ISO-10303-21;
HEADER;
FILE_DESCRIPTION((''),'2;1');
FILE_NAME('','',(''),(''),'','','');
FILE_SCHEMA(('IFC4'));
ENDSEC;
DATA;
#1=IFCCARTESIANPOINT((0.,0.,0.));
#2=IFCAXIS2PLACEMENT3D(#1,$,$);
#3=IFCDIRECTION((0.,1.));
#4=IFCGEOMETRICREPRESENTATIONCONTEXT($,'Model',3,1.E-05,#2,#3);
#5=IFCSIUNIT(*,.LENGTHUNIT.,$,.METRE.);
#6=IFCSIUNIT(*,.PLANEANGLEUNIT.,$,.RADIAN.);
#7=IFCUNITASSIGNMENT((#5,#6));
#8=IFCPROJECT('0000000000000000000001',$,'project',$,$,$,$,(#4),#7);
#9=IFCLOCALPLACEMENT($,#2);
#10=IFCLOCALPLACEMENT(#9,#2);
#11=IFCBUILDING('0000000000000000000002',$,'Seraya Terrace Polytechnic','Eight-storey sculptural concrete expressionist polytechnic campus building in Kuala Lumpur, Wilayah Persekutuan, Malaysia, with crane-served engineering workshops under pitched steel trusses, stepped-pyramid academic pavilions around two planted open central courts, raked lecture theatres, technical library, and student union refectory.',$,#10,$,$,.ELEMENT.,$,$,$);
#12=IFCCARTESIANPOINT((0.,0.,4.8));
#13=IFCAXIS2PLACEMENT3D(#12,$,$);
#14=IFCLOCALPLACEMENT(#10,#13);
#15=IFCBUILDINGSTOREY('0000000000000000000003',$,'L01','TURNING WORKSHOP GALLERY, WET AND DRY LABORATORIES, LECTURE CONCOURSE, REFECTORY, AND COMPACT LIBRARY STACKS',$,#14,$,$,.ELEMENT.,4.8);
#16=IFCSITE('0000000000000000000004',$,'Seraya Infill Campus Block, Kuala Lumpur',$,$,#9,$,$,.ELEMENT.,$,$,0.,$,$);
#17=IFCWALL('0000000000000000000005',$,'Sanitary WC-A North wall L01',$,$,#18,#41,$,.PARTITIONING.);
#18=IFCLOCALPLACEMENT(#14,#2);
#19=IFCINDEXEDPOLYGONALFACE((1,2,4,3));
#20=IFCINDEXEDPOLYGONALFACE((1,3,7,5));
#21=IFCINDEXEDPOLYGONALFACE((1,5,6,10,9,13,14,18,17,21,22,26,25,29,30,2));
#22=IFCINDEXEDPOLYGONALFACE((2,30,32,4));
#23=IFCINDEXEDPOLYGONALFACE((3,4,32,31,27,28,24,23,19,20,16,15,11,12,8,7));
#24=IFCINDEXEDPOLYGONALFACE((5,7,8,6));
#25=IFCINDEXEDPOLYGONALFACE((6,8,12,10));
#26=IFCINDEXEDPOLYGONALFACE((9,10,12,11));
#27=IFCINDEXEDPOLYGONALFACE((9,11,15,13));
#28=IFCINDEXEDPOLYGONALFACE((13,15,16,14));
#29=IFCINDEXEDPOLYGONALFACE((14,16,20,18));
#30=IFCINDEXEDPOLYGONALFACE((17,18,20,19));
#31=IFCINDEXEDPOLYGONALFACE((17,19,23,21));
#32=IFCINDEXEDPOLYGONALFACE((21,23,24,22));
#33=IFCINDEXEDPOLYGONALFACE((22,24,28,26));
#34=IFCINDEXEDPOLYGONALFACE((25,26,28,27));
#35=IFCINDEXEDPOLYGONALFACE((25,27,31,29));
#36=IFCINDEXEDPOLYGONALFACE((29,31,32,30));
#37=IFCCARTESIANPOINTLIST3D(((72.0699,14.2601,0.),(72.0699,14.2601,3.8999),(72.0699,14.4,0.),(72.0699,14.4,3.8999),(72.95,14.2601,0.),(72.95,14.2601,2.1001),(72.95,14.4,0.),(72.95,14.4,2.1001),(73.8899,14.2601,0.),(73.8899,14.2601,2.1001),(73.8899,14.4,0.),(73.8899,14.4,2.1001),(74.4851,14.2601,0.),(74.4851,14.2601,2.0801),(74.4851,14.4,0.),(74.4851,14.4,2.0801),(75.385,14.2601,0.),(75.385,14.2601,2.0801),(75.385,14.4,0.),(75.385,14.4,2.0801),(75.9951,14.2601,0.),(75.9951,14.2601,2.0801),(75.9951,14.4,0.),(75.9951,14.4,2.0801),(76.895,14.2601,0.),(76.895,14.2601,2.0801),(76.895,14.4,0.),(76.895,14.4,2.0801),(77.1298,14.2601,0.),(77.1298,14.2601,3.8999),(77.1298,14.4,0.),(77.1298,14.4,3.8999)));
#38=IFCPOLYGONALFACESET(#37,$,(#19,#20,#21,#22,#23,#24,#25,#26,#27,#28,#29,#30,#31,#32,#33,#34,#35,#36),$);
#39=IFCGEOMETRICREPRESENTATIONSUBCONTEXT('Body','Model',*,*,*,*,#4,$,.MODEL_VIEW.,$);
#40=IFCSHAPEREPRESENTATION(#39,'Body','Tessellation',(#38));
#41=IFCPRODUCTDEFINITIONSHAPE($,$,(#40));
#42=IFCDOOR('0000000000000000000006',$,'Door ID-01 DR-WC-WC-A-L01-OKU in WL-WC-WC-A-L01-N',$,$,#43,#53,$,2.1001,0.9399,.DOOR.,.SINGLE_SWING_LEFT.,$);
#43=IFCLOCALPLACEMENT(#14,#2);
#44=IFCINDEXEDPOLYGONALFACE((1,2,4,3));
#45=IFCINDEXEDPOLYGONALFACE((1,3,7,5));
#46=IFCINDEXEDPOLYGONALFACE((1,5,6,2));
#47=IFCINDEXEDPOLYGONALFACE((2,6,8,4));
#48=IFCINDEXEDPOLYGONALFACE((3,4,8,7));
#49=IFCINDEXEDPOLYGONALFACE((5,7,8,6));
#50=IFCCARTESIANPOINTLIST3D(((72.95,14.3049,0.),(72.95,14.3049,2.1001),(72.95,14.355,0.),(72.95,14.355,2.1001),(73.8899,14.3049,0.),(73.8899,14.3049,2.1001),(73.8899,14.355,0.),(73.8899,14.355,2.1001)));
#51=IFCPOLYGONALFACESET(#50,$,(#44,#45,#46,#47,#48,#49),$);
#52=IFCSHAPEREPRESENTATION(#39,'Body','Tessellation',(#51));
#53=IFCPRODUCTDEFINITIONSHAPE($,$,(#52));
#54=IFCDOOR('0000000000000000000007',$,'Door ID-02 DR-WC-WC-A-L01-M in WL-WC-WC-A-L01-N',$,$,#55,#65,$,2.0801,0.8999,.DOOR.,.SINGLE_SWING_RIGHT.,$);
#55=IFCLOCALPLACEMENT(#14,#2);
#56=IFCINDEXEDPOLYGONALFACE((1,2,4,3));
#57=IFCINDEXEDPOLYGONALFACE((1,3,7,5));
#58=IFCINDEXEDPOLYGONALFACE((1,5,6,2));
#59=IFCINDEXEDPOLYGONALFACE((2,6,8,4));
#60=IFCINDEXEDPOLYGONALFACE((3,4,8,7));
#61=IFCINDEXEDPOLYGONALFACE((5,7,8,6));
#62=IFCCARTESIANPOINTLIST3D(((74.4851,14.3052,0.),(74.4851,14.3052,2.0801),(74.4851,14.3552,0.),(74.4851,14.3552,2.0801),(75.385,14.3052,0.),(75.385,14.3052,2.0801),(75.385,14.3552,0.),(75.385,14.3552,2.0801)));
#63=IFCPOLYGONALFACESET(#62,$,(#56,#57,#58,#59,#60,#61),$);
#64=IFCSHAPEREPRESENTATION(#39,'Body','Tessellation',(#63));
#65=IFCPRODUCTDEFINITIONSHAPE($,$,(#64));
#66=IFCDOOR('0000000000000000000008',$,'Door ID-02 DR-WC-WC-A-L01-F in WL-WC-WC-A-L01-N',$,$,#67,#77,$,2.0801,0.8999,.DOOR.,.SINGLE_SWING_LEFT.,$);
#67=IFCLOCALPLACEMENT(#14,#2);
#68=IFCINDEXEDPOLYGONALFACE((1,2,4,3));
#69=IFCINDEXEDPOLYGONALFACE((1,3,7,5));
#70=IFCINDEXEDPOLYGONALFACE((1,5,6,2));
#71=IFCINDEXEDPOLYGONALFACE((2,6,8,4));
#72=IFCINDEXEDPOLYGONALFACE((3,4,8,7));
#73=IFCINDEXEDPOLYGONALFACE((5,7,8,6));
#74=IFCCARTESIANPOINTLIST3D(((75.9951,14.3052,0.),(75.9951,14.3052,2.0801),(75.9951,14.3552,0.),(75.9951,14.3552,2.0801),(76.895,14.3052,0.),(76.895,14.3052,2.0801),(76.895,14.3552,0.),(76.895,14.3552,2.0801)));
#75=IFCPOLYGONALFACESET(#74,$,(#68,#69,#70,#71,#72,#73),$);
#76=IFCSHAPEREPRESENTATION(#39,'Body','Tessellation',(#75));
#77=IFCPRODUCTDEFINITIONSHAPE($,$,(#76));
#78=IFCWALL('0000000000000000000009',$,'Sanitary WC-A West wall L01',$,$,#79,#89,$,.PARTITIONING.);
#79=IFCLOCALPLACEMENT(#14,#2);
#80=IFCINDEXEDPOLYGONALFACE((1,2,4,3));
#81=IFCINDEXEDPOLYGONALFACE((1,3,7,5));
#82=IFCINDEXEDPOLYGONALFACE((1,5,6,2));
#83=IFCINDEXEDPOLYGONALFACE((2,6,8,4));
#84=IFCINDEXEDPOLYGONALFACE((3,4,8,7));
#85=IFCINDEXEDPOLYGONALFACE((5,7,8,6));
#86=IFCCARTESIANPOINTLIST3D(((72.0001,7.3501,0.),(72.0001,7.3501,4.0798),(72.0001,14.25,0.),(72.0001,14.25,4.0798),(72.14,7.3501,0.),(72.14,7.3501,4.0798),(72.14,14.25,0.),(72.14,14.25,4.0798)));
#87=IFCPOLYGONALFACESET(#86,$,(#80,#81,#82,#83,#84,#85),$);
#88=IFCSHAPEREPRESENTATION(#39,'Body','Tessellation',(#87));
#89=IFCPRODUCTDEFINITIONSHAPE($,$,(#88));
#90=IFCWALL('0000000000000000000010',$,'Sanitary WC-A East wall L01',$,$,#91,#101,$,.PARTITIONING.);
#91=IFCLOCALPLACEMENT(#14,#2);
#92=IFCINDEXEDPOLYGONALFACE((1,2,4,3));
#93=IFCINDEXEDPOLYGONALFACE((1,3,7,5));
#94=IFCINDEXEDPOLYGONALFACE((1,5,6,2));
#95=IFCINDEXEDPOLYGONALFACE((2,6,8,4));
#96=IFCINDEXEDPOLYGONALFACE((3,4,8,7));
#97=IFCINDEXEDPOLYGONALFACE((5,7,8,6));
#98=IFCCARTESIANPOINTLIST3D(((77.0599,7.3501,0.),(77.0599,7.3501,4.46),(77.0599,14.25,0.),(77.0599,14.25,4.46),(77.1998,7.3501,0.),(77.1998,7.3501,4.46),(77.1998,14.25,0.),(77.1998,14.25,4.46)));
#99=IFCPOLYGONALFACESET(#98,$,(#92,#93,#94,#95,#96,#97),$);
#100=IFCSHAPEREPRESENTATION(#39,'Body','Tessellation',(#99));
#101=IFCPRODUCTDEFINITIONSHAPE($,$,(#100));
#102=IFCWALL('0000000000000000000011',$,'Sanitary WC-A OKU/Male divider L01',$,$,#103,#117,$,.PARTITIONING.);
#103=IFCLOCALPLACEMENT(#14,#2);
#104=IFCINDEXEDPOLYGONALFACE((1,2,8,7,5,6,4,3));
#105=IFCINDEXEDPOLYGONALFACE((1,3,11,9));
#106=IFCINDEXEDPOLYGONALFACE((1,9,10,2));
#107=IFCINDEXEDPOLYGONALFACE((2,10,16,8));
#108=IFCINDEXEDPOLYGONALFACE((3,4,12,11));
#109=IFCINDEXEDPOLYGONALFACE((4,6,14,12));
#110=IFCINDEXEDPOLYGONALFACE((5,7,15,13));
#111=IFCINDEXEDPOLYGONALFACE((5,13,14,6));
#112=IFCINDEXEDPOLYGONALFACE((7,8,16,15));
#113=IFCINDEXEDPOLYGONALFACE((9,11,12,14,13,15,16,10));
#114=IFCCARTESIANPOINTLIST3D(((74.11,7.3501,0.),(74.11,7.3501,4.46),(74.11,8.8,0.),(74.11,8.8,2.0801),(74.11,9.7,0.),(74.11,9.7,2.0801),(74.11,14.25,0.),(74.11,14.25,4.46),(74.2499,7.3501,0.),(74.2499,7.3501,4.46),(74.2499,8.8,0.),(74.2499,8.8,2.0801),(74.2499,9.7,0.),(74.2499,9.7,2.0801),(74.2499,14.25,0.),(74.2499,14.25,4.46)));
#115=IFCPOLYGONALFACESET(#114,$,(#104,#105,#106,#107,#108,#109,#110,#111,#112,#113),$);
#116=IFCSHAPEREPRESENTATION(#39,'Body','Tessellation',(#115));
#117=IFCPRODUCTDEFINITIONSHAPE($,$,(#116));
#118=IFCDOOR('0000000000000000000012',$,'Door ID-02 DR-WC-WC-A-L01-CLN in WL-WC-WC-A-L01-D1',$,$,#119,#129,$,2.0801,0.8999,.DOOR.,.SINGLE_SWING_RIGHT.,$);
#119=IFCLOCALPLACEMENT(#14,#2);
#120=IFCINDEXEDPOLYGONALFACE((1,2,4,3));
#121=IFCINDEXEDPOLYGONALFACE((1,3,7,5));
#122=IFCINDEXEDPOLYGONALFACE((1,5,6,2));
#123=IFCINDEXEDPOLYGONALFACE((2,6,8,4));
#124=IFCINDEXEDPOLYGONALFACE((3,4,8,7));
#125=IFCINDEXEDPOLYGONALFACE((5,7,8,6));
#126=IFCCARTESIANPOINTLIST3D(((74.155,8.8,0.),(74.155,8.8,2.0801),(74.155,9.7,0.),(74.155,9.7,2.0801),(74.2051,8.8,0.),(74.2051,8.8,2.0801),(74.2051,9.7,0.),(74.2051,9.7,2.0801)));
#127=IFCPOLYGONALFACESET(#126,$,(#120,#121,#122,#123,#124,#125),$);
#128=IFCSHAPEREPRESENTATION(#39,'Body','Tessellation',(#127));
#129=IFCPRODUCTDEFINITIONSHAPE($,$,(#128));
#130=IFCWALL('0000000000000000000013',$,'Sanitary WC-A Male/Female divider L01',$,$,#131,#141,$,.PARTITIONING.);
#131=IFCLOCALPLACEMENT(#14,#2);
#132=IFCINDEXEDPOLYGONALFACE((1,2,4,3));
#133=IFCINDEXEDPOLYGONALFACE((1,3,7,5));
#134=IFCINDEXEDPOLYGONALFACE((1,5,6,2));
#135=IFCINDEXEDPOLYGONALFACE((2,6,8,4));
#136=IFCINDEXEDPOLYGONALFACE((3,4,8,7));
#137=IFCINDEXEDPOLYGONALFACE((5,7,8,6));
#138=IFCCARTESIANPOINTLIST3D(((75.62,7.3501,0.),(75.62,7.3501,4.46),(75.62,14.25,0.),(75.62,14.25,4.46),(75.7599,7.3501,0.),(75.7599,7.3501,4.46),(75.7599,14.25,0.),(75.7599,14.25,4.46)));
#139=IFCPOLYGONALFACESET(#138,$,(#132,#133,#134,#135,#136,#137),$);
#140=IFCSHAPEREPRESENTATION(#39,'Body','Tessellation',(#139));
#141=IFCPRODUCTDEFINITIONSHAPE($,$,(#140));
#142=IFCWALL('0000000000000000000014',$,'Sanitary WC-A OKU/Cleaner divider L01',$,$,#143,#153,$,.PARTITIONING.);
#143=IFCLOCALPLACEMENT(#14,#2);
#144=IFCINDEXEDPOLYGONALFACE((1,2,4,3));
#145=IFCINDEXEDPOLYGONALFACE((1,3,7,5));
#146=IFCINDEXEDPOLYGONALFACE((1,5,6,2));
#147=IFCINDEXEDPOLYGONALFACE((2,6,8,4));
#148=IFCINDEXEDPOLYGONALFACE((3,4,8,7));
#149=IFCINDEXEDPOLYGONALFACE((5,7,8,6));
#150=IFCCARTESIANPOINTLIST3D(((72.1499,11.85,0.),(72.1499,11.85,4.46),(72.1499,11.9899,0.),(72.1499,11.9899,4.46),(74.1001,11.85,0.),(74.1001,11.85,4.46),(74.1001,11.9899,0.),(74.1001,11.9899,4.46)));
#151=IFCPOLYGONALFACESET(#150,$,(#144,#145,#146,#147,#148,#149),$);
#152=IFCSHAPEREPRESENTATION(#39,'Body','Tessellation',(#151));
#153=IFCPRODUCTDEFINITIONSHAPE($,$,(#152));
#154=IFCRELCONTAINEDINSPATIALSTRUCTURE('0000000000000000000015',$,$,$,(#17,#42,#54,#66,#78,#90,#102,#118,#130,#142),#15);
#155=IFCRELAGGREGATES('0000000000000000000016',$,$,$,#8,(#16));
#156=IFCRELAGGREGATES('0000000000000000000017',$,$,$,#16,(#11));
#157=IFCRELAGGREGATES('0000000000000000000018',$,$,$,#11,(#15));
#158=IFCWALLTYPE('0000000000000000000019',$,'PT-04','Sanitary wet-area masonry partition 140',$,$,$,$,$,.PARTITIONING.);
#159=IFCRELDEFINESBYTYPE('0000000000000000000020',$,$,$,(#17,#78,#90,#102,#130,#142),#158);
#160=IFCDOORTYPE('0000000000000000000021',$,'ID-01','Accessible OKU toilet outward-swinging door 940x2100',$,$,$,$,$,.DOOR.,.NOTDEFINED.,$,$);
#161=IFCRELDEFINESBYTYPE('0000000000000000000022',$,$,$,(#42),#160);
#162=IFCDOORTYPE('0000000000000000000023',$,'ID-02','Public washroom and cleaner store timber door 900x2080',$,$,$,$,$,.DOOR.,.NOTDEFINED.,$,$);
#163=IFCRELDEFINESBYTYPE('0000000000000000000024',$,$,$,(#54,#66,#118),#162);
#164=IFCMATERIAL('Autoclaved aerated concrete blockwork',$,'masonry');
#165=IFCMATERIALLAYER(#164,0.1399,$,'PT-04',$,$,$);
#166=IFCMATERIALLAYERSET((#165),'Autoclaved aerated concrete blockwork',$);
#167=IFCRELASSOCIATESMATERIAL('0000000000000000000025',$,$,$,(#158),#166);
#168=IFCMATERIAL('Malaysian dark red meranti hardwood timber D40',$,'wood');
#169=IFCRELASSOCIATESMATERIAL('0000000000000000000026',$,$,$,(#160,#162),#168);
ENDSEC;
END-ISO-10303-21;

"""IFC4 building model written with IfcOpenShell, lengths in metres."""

from ifc_helpers import new_model, si_unit, direction, frame, frame_2d, origin, place, context, subcontext, project, spatial, rectangle, extrude, material, layer, layer_set, type_object, element, fill, save


model = new_model("IFC4")

# Units and contexts
model_context = context("Model", 3, precision=1e-05, world=origin(), true_north=direction((0.0, 1.0)))
body_context = subcontext(model_context, "Body", "Model", "MODEL_VIEW")
ifc_project = project(units=[si_unit("LENGTHUNIT", "METRE"), si_unit("PLANEANGLEUNIT", "RADIAN")], contexts=[model_context])

# Site, building, storey
site_placement = place(None, origin())
site = spatial("IfcSite", under=ifc_project, at=site_placement, Name="Seraya Infill Campus Block, Kuala Lumpur", CompositionType="ELEMENT", RefElevation=0.0)
building_placement = place(site_placement, origin())
building = spatial("IfcBuilding", under=site, at=building_placement, Name="Seraya Terrace Polytechnic", Description="Eight-storey sculptural concrete expressionist polytechnic campus building in Kuala Lumpur, Wilayah Persekutuan, Malaysia, with crane-served engineering workshops under pitched steel trusses, stepped-pyramid academic pavilions around two planted open central courts, raked lecture theatres, technical library, and student union refectory.", CompositionType="ELEMENT")
storey_placement = place(building_placement, frame((0.0, 0.0, 4.8)))
storey = spatial("IfcBuildingStorey", under=building, at=storey_placement, Name="L01", Description="TURNING WORKSHOP GALLERY, WET AND DRY LABORATORIES, LECTURE CONCOURSE, REFECTORY, AND COMPACT LIBRARY STACKS", CompositionType="ELEMENT", Elevation=4.8)

# Shared definitions
ifc_material_1 = material(Name="Autoclaved aerated concrete blockwork", Category="masonry")
ifc_material_2 = material(Name="Malaysian dark red meranti hardwood timber D40", Category="wood")

# Shared definitions
ifc_layer_1 = layer(ifc_material_1, 0.1399, Name="PT-04")
ifc_layer_set_1 = layer_set([ifc_layer_1], Name="Autoclaved aerated concrete blockwork")
wall_type_1 = type_object("IfcWallType", Name="PT-04", Description="Sanitary wet-area masonry partition 140", PredefinedType="PARTITIONING", material=ifc_layer_set_1)

# Wall, openings, doors
wall_1_placement = place(storey_placement, frame((72.0701, 14.3301, 0.0), z_axis=(0.0, 0.0, 1.0), x_axis=(1.0, 0.0, 0.0)))
wall_1 = element("IfcWall", 1, at=wall_1_placement, inside=storey, type_object=wall_type_1, Name="Sanitary WC-A North wall L01", PredefinedType="PARTITIONING", context=body_context, shape_type="SweptSolid", body=[
    extrude(rectangle(XDim=5.0598, YDim=0.1399, at=frame_2d((2.5298, 0.0))), origin(), (0.0, 0.0, 1.0), 3.8999),
])
opening_1_placement = place(wall_1_placement, frame((0.8799, 0.0, 0.0)))
opening_1 = element("IfcOpeningElement", 2, at=opening_1_placement, cuts=wall_1, PredefinedType="OPENING", context=body_context, shape_type="SweptSolid", body=[
    extrude(rectangle(XDim=0.9399, YDim=2.1001, at=frame_2d((0.47, 1.05))), frame((0.0, 0.082, 0.0), z_axis=(0.0, -1.0, 0.0), x_axis=(1.0, 0.0, 0.0)), (0.0, 0.0, 1.0), 0.1638),
])
opening_2_placement = place(wall_1_placement, frame((2.415, 0.0, 0.0)))
opening_2 = element("IfcOpeningElement", 3, at=opening_2_placement, cuts=wall_1, PredefinedType="OPENING", context=body_context, shape_type="SweptSolid", body=[
    extrude(rectangle(XDim=0.8999, YDim=2.0801, at=frame_2d((0.45, 1.04))), frame((0.0, 0.082, 0.0), z_axis=(0.0, -1.0, 0.0), x_axis=(1.0, 0.0, 0.0)), (0.0, 0.0, 1.0), 0.1638),
])
opening_3_placement = place(wall_1_placement, frame((3.925, 0.0, 0.0)))
opening_3 = element("IfcOpeningElement", 4, at=opening_3_placement, cuts=wall_1, PredefinedType="OPENING", context=body_context, shape_type="SweptSolid", body=[
    extrude(rectangle(XDim=0.8999, YDim=2.0801, at=frame_2d((0.45, 1.04))), frame((0.0, 0.082, 0.0), z_axis=(0.0, -1.0, 0.0), x_axis=(1.0, 0.0, 0.0)), (0.0, 0.0, 1.0), 0.1638),
])
door_type_1 = type_object("IfcDoorType", Name="ID-01", Description="Accessible OKU toilet outward-swinging door 940x2100", OperationType="NOTDEFINED", PredefinedType="DOOR", material=ifc_material_2)
door_1_placement = place(opening_1_placement, origin())
door_1 = element("IfcDoor", 5, at=door_1_placement, inside=storey, type_object=door_type_1, Name="Door ID-01 DR-WC-WC-A-L01-OKU in WL-WC-WC-A-L01-N", OperationType="SINGLE_SWING_LEFT", OverallHeight=2.1001, OverallWidth=0.9399, PredefinedType="DOOR", context=body_context, shape_type="SweptSolid", body=[
    extrude(rectangle(XDim=0.9399, YDim=2.1001, at=frame_2d((0.47, 1.05))), frame((0.0, 0.0249, 0.0), z_axis=(0.0, -1.0, 0.0), x_axis=(1.0, 0.0, 0.0)), (0.0, 0.0, 1.0), 0.05),
])
fill(opening_1, door_1)
door_type_2 = type_object("IfcDoorType", Name="ID-02", Description="Public washroom and cleaner store timber door 900x2080", OperationType="NOTDEFINED", PredefinedType="DOOR", material=ifc_material_2)
door_2_placement = place(opening_2_placement, frame((0.8999, 0.0, 0.0), z_axis=(0.0, 0.0, 1.0), x_axis=(-1.0, 0.0, 0.0)))
door_2 = element("IfcDoor", 6, at=door_2_placement, inside=storey, type_object=door_type_2, Name="Door ID-02 DR-WC-WC-A-L01-M in WL-WC-WC-A-L01-N", OperationType="SINGLE_SWING_RIGHT", OverallHeight=2.0801, OverallWidth=0.8999, PredefinedType="DOOR", context=body_context, shape_type="SweptSolid", body=[
    extrude(rectangle(XDim=0.8999, YDim=2.0801, at=frame_2d((0.45, 1.04))), frame((0.0, 0.0249, 0.0), z_axis=(0.0, -1.0, 0.0), x_axis=(1.0, 0.0, 0.0)), (0.0, 0.0, 1.0), 0.05),
])
fill(opening_2, door_2)
door_3_placement = place(opening_3_placement, frame((0.8999, 0.0, 0.0), z_axis=(0.0, 0.0, 1.0), x_axis=(-1.0, 0.0, 0.0)))
door_3 = element("IfcDoor", 7, at=door_3_placement, inside=storey, type_object=door_type_2, Name="Door ID-02 DR-WC-WC-A-L01-F in WL-WC-WC-A-L01-N", OperationType="SINGLE_SWING_LEFT", OverallHeight=2.0801, OverallWidth=0.8999, PredefinedType="DOOR", context=body_context, shape_type="SweptSolid", body=[
    extrude(rectangle(XDim=0.8999, YDim=2.0801, at=frame_2d((0.45, 1.04))), frame((0.0, 0.0249, 0.0), z_axis=(0.0, -1.0, 0.0), x_axis=(1.0, 0.0, 0.0)), (0.0, 0.0, 1.0), 0.05),
])
fill(opening_3, door_3)

# Walls
wall_2_placement = place(storey_placement, frame((72.0701, 7.3501, 0.0), z_axis=(0.0, 0.0, 1.0), x_axis=(0.0, 1.0, 0.0)))
element("IfcWall", 8, at=wall_2_placement, inside=storey, type_object=wall_type_1, Name="Sanitary WC-A West wall L01", PredefinedType="PARTITIONING", context=body_context, shape_type="SweptSolid", body=[
    extrude(rectangle(XDim=6.8999, YDim=0.1399, at=frame_2d((3.45, 0.0))), origin(), (0.0, 0.0, 1.0), 4.0798),
])
wall_3_placement = place(storey_placement, frame((77.1299, 7.3501, 0.0), z_axis=(0.0, 0.0, 1.0), x_axis=(0.0, 1.0, 0.0)))
element("IfcWall", 9, at=wall_3_placement, inside=storey, type_object=wall_type_1, Name="Sanitary WC-A East wall L01", PredefinedType="PARTITIONING", context=body_context, shape_type="SweptSolid", body=[
    extrude(rectangle(XDim=6.8999, YDim=0.1399, at=frame_2d((3.45, 0.0))), origin(), (0.0, 0.0, 1.0), 4.46),
])

# Wall, opening, door
wall_4_placement = place(storey_placement, frame((74.1799, 7.3501, 0.0), z_axis=(0.0, 0.0, 1.0), x_axis=(0.0, 1.0, 0.0)))
wall_4 = element("IfcWall", 10, at=wall_4_placement, inside=storey, type_object=wall_type_1, Name="Sanitary WC-A OKU/Male divider L01", PredefinedType="PARTITIONING", context=body_context, shape_type="SweptSolid", body=[
    extrude(rectangle(XDim=6.8999, YDim=0.1399, at=frame_2d((3.45, 0.0))), origin(), (0.0, 0.0, 1.0), 4.46),
])
opening_4_placement = place(wall_4_placement, frame((1.45, 0.0, 0.0)))
opening_4 = element("IfcOpeningElement", 11, at=opening_4_placement, cuts=wall_4, PredefinedType="OPENING", context=body_context, shape_type="SweptSolid", body=[
    extrude(rectangle(XDim=0.8999, YDim=2.0801, at=frame_2d((0.45, 1.04))), frame((0.0, 0.082, 0.0), z_axis=(0.0, -1.0, 0.0), x_axis=(1.0, 0.0, 0.0)), (0.0, 0.0, 1.0), 0.1638),
])
door_4_placement = place(opening_4_placement, origin())
door_4 = element("IfcDoor", 12, at=door_4_placement, inside=storey, type_object=door_type_2, Name="Door ID-02 DR-WC-WC-A-L01-CLN in WL-WC-WC-A-L01-D1", OperationType="SINGLE_SWING_RIGHT", OverallHeight=2.0801, OverallWidth=0.8999, PredefinedType="DOOR", context=body_context, shape_type="SweptSolid", body=[
    extrude(rectangle(XDim=0.8999, YDim=2.0801, at=frame_2d((0.45, 1.04))), frame((0.0, 0.0249, 0.0), z_axis=(0.0, -1.0, 0.0), x_axis=(1.0, 0.0, 0.0)), (0.0, 0.0, 1.0), 0.05),
])
fill(opening_4, door_4)

# Walls
wall_5_placement = place(storey_placement, frame((75.6899, 7.3501, 0.0), z_axis=(0.0, 0.0, 1.0), x_axis=(0.0, 1.0, 0.0)))
element("IfcWall", 13, at=wall_5_placement, inside=storey, type_object=wall_type_1, Name="Sanitary WC-A Male/Female divider L01", PredefinedType="PARTITIONING", context=body_context, shape_type="SweptSolid", body=[
    extrude(rectangle(XDim=6.8999, YDim=0.1399, at=frame_2d((3.45, 0.0))), origin(), (0.0, 0.0, 1.0), 4.46),
])
wall_6_placement = place(storey_placement, frame((72.1499, 11.9199, 0.0), z_axis=(0.0, 0.0, 1.0), x_axis=(1.0, 0.0, 0.0)))
element("IfcWall", 14, at=wall_6_placement, inside=storey, type_object=wall_type_1, Name="Sanitary WC-A OKU/Cleaner divider L01", PredefinedType="PARTITIONING", context=body_context, shape_type="SweptSolid", body=[
    extrude(rectangle(XDim=1.9502, YDim=0.1399, at=frame_2d((0.9751, 0.0))), origin(), (0.0, 0.0, 1.0), 4.46),
])

save(model, "model.ifc")
